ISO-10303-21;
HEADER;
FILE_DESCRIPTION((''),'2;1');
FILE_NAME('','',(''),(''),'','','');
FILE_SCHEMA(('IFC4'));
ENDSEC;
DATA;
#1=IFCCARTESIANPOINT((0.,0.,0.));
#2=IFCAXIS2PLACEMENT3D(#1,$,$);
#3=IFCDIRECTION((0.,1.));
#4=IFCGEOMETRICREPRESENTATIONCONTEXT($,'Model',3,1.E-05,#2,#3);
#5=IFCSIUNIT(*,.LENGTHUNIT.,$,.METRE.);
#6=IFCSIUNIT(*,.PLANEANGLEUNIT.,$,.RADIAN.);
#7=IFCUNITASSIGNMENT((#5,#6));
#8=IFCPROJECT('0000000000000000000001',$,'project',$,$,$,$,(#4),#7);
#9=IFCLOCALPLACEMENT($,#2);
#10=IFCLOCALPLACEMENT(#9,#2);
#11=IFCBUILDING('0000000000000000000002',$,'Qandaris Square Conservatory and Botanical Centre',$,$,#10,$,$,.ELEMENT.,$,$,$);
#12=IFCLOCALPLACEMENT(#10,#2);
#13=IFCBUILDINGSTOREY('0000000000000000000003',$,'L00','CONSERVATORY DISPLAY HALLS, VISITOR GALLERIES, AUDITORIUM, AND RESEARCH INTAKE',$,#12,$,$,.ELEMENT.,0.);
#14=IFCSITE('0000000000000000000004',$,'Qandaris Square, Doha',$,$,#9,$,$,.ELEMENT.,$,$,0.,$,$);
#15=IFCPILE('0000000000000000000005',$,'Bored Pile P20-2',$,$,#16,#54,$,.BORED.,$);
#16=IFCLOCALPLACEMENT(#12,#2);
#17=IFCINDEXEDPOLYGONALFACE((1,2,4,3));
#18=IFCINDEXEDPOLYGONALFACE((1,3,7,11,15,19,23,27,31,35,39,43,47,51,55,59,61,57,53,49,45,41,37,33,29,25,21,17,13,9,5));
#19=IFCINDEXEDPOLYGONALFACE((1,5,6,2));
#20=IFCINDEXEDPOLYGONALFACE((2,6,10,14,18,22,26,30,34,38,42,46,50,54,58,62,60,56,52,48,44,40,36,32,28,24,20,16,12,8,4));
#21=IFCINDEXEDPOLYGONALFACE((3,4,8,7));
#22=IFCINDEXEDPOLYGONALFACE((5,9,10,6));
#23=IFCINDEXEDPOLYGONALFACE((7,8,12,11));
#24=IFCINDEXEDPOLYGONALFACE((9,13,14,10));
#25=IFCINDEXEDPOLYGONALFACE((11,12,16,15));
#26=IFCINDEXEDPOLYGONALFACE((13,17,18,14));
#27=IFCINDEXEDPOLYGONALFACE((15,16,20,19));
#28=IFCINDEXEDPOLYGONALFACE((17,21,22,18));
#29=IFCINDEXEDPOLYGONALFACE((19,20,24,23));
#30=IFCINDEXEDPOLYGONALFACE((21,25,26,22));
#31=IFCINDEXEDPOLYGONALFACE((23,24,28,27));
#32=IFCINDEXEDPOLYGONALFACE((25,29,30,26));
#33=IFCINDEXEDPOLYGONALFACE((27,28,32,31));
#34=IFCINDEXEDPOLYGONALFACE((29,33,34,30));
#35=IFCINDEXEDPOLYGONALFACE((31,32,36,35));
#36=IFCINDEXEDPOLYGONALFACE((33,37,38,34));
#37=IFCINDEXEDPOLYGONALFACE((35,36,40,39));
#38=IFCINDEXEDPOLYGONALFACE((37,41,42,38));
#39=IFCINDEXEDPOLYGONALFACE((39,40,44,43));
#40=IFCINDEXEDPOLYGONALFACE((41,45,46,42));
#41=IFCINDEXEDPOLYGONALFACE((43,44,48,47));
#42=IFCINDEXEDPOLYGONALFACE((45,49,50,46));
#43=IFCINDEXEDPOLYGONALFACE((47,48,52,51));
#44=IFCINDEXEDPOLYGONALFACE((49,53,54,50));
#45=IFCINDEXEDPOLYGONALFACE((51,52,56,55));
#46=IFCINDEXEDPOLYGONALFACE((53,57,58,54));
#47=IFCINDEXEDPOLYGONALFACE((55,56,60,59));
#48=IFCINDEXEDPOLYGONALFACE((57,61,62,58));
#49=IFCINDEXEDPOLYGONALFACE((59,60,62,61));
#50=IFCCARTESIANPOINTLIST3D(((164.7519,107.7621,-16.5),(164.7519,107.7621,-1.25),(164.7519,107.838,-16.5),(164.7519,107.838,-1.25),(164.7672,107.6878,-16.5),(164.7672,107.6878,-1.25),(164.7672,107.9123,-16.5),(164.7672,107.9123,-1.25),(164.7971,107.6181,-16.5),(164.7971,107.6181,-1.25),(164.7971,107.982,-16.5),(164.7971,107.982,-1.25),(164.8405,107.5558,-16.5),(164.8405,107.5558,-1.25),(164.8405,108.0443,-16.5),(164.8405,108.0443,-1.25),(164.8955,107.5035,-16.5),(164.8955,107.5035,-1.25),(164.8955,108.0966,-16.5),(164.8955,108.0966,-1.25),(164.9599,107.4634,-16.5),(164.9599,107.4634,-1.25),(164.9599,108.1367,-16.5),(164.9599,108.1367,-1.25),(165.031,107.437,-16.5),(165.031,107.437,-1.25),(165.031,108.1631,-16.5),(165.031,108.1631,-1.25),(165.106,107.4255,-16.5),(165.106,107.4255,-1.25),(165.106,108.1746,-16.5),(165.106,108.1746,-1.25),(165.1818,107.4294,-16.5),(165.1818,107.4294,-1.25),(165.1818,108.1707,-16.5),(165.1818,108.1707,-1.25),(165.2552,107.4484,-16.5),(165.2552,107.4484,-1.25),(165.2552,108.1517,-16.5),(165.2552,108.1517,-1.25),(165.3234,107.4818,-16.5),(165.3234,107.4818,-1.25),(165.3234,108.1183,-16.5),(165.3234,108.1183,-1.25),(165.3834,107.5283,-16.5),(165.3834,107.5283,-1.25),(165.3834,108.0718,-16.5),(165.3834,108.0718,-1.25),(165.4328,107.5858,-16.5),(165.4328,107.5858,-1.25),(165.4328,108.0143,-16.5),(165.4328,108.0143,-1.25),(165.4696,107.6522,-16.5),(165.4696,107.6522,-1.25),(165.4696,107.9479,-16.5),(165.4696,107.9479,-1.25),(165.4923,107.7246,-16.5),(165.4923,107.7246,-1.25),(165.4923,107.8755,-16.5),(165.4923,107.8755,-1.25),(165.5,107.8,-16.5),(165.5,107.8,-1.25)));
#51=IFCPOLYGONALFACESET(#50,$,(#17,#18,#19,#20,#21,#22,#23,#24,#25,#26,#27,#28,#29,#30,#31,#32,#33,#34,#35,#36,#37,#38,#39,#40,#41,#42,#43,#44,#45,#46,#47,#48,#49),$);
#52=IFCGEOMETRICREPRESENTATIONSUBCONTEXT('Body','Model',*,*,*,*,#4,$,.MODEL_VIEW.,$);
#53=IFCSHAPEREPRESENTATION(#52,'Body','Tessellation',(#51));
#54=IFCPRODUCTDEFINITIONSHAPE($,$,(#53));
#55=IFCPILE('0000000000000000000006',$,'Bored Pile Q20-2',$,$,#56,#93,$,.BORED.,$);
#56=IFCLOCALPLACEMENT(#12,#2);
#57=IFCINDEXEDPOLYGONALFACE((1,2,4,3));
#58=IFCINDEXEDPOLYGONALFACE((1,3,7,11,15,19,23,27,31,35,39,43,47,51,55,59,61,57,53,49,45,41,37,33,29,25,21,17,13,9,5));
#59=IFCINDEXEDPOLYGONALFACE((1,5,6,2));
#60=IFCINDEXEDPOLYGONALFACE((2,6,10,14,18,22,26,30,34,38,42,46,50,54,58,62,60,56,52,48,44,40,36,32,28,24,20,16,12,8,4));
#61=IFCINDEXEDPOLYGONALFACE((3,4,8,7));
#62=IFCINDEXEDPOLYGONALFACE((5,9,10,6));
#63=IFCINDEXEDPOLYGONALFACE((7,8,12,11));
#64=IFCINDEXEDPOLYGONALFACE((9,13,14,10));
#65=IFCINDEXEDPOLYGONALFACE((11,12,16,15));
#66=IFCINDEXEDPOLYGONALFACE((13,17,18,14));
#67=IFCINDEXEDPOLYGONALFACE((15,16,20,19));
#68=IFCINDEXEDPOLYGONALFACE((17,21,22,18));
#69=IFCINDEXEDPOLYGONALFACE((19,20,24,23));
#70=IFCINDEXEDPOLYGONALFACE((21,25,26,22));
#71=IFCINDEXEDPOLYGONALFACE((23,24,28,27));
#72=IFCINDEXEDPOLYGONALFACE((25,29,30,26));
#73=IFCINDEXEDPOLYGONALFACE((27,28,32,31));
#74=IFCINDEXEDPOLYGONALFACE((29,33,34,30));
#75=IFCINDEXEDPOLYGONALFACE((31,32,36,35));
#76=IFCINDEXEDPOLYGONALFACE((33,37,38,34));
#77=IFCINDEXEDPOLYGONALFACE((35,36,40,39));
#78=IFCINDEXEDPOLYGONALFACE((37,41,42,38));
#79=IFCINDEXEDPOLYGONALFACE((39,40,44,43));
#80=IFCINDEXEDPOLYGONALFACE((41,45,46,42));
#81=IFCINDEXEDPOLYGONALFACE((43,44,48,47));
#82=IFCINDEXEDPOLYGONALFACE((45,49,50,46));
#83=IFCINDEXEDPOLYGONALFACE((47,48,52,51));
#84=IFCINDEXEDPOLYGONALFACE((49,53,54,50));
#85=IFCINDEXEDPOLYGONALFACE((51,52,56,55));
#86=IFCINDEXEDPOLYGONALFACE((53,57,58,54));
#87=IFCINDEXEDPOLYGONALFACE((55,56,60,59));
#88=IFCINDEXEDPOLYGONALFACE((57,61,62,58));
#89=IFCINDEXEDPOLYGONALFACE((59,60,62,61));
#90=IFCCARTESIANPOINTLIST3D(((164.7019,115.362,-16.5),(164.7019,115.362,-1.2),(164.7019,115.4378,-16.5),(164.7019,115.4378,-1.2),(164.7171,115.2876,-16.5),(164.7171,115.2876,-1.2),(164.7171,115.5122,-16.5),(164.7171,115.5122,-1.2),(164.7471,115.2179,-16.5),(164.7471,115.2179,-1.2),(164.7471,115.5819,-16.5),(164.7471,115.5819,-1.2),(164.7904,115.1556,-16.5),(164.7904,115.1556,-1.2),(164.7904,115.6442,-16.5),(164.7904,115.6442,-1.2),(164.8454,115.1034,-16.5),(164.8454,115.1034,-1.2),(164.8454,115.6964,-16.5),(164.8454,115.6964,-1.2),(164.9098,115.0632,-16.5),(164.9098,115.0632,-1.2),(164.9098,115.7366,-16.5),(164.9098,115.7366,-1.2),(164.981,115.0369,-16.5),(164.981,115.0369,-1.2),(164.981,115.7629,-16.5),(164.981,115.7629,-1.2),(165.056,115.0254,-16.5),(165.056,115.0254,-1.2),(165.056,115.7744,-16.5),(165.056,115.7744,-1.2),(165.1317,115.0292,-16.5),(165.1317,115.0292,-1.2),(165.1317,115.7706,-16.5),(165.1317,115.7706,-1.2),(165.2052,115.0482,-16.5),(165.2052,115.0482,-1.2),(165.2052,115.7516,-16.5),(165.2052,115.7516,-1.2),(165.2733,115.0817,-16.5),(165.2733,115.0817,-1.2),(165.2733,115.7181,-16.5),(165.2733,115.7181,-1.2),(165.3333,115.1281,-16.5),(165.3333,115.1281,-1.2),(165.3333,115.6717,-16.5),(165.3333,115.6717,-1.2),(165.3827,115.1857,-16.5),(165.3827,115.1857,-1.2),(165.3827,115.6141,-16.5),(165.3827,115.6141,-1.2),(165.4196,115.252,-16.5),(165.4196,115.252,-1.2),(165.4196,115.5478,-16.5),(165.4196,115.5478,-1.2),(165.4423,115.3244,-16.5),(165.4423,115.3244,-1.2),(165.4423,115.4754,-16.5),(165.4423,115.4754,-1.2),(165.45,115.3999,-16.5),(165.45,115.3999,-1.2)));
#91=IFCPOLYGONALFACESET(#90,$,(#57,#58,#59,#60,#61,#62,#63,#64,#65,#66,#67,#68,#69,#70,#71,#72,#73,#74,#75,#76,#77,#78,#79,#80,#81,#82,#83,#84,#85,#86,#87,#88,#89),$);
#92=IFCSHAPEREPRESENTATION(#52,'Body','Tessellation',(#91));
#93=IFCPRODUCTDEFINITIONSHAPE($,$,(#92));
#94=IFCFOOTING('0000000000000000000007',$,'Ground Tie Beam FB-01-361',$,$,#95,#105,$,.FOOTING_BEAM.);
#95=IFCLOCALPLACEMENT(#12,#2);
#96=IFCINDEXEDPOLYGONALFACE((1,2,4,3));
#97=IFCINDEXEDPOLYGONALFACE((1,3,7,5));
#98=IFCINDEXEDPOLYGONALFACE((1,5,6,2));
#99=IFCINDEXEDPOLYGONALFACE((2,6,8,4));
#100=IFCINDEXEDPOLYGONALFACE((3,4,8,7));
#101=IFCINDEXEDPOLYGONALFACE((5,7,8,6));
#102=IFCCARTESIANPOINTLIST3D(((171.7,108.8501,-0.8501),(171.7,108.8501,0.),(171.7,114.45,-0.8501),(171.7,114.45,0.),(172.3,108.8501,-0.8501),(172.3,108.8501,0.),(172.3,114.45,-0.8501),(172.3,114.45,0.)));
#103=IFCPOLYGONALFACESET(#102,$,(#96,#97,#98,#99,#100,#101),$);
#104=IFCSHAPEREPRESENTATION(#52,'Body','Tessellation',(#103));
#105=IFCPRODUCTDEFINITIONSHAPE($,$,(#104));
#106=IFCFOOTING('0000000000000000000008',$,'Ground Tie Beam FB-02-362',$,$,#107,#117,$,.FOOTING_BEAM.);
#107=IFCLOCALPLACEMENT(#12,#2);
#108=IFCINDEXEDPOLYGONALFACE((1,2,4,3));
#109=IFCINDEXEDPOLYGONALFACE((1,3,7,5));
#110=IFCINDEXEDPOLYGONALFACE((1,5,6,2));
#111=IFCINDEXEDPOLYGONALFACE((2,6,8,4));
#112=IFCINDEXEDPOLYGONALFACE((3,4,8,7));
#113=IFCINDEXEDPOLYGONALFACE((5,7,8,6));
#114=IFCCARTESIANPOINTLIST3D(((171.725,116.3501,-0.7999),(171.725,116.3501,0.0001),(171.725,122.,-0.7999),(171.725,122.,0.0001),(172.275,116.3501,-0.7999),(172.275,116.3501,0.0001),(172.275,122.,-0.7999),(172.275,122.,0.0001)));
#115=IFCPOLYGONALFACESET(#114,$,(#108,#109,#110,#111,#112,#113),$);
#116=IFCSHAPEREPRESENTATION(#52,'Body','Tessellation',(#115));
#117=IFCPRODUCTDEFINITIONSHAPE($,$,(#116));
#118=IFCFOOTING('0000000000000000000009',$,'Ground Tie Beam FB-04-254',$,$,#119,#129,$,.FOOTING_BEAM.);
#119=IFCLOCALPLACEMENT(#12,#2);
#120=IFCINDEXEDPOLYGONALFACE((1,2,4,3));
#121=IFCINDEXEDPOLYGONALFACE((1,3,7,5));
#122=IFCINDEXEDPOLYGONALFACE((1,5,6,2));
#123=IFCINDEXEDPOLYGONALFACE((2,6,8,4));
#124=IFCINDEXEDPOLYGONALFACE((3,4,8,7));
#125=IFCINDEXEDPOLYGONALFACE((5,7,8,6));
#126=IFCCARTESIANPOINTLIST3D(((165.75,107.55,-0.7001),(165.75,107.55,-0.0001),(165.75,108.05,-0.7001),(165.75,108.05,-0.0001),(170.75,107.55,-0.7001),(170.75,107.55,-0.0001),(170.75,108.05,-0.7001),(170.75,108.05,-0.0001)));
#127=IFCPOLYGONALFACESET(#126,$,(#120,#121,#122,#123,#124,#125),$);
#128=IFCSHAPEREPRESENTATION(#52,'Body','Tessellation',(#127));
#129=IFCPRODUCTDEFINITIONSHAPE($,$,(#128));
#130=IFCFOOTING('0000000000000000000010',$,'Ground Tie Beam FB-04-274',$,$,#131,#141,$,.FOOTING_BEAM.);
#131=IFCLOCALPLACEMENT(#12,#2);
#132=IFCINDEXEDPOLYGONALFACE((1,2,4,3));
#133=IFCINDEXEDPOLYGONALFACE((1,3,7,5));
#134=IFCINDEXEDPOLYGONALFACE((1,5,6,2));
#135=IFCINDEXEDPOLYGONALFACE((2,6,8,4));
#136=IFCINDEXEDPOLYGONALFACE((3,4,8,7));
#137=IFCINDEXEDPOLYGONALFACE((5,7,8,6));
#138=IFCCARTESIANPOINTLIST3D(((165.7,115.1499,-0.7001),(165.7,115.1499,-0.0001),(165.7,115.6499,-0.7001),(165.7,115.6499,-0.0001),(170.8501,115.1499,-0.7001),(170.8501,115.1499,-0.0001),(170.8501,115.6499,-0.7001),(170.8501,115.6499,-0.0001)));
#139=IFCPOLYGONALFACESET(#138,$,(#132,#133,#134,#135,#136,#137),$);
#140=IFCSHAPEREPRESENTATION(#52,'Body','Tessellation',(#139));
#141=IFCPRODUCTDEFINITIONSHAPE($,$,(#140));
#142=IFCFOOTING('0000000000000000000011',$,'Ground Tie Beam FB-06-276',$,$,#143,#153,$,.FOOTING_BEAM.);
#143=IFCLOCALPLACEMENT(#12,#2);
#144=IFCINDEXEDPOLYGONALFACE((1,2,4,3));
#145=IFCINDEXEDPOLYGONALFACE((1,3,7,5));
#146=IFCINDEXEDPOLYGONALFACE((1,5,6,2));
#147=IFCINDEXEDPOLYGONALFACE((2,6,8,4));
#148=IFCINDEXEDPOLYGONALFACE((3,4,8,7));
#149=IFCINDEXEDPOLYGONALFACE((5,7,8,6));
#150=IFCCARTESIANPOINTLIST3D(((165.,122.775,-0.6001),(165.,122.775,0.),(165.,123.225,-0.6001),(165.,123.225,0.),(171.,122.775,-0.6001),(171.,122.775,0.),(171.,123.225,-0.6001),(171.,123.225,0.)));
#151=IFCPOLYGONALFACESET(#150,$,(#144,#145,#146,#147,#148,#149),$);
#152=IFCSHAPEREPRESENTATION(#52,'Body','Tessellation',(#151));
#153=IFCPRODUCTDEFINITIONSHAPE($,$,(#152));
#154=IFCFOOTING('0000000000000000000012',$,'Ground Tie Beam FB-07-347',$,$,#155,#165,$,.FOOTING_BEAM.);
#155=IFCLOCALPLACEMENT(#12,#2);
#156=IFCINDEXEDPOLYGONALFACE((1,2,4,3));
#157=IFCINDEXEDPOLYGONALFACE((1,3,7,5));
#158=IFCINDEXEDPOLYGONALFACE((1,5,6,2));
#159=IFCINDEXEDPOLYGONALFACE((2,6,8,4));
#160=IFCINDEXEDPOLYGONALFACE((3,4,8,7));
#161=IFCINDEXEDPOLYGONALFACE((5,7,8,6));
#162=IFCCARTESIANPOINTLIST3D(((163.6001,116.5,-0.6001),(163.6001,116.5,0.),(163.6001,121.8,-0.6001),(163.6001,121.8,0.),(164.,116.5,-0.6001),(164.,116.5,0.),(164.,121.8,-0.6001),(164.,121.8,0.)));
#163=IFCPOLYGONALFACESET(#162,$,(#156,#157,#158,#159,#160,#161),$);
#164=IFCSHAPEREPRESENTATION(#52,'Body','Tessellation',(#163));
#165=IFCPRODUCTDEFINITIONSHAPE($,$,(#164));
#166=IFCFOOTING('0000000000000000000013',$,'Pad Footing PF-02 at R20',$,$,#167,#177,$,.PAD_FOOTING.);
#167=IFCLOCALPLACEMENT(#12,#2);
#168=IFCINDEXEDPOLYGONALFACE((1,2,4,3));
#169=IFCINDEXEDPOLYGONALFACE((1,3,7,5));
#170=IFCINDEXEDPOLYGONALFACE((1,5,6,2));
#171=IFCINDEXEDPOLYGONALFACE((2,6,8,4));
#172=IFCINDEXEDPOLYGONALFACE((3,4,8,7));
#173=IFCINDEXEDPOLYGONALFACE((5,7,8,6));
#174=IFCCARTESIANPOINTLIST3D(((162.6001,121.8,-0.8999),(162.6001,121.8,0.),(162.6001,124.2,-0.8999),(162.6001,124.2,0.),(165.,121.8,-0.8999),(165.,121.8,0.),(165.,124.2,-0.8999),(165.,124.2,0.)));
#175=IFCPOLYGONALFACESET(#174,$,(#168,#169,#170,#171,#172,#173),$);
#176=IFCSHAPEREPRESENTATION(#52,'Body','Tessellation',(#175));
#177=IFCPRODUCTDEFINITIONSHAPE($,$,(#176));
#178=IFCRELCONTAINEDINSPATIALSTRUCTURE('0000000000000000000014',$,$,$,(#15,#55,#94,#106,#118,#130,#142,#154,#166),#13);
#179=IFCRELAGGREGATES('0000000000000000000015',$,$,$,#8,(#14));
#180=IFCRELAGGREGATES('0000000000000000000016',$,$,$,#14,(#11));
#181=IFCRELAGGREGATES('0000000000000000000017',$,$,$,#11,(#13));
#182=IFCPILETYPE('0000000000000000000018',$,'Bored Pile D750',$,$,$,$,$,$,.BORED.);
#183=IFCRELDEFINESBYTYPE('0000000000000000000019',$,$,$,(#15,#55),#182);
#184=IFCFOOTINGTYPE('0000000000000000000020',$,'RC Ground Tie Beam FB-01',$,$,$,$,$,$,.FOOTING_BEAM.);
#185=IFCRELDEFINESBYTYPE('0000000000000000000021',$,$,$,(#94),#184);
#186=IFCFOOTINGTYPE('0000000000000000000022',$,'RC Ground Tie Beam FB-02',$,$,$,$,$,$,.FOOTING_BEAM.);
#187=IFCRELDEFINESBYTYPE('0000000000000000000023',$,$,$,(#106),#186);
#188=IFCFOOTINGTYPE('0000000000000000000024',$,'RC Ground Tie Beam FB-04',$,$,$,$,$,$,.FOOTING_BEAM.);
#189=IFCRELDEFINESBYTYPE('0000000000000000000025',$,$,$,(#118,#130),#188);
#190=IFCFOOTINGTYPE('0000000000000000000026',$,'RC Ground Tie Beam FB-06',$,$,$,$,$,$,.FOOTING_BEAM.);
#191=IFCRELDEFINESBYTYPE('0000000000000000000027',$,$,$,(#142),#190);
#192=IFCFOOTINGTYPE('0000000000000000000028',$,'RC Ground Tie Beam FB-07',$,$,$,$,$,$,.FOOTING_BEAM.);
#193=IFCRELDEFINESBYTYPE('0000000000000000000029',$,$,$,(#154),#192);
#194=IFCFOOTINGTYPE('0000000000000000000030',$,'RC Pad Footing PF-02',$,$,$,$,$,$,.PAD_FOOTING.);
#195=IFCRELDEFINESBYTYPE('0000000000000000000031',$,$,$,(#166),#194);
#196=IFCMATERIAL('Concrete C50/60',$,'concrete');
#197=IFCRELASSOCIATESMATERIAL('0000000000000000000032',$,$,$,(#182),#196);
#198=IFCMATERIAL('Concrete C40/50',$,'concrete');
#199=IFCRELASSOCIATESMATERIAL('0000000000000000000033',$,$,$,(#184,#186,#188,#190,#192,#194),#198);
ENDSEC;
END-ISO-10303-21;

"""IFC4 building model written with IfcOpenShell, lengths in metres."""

from ifc_helpers import new_model, si_unit, direction, frame, origin, origin_2d, place, context, subcontext, project, spatial, rectangle, circle, extrude, material, material_profile, profile_set, type_object, element, save


model = new_model("IFC4")

# Units and contexts
model_context = context("Model", 3, precision=1e-05, world=origin(), true_north=direction((0.0, 1.0)))
body_context = subcontext(model_context, "Body", "Model", "MODEL_VIEW")
ifc_project = project(units=[si_unit("LENGTHUNIT", "METRE"), si_unit("PLANEANGLEUNIT", "RADIAN")], contexts=[model_context])

# Site, building, storey
site_placement = place(None, origin())
site = spatial("IfcSite", under=ifc_project, at=site_placement, Name="Qandaris Square, Doha", CompositionType="ELEMENT", RefElevation=0.0)
building_placement = place(site_placement, origin())
building = spatial("IfcBuilding", under=site, at=building_placement, Name="Qandaris Square Conservatory and Botanical Centre", CompositionType="ELEMENT")
storey_placement = place(building_placement, origin())
storey = spatial("IfcBuildingStorey", under=building, at=storey_placement, Name="L00", Description="CONSERVATORY DISPLAY HALLS, VISITOR GALLERIES, AUDITORIUM, AND RESEARCH INTAKE", CompositionType="ELEMENT", Elevation=0.0)

# Piles
ifc_material_1 = material(Name="Concrete C50/60", Category="concrete")
ifc_material_profile_1 = material_profile(ifc_material_1, circle(Radius=0.375, at=origin_2d()), Name="PILE D750")
ifc_profile_set_1 = profile_set([ifc_material_profile_1], Name="Concrete C50/60")
pile_type = type_object("IfcPileType", Name="Bored Pile D750", PredefinedType="BORED", material=ifc_profile_set_1)
pile_1_placement = place(storey_placement, frame((165.125, 107.8, -1.25), z_axis=(0.0, 0.0, -1.0), x_axis=(1.0, 0.0, 0.0)))
element("IfcPile", 1, at=pile_1_placement, inside=storey, type_object=pile_type, Name="Bored Pile P20-2", PredefinedType="BORED", context=body_context, shape_type="SweptSolid", body=[
    extrude(circle(Radius=0.375, at=origin_2d()), origin(), (0.0, 0.0, 1.0), 15.25),
])
pile_2_placement = place(storey_placement, frame((165.075, 115.3999, -1.2), z_axis=(0.0, 0.0, -1.0), x_axis=(1.0, 0.0, 0.0)))
element("IfcPile", 2, at=pile_2_placement, inside=storey, type_object=pile_type, Name="Bored Pile Q20-2", PredefinedType="BORED", context=body_context, shape_type="SweptSolid", body=[
    extrude(circle(Radius=0.375, at=origin_2d()), origin(), (0.0, 0.0, 1.0), 15.3),
])

# Footings
ifc_material_2 = material(Name="Concrete C40/50", Category="concrete")
ifc_material_profile_2 = material_profile(ifc_material_2, rectangle(XDim=0.6001, YDim=0.8501, at=origin_2d()), Name="FB 600x850")
ifc_profile_set_2 = profile_set([ifc_material_profile_2], Name="Concrete C40/50")
footing_type_1 = type_object("IfcFootingType", Name="RC Ground Tie Beam FB-01", PredefinedType="FOOTING_BEAM", material=ifc_profile_set_2)
footing_1_placement = place(storey_placement, frame((172.0, 108.8501, -0.425), z_axis=(0.0, 1.0, 0.0), x_axis=(-1.0, 0.0, 0.0)))
element("IfcFooting", 3, at=footing_1_placement, inside=storey, type_object=footing_type_1, Name="Ground Tie Beam FB-01-361", PredefinedType="FOOTING_BEAM", context=body_context, shape_type="SweptSolid", body=[
    extrude(rectangle(XDim=0.6001, YDim=0.8501, at=origin_2d()), origin(), (0.0, 0.0, 1.0), 5.5999),
])
ifc_material_profile_3 = material_profile(ifc_material_2, rectangle(XDim=0.55, YDim=0.8, at=origin_2d()), Name="FB 550x800")
ifc_profile_set_3 = profile_set([ifc_material_profile_3], Name="Concrete C40/50")
footing_type_2 = type_object("IfcFootingType", Name="RC Ground Tie Beam FB-02", PredefinedType="FOOTING_BEAM", material=ifc_profile_set_3)
footing_2_placement = place(storey_placement, frame((172.0, 116.3501, -0.3999), z_axis=(0.0, 1.0, 0.0), x_axis=(-1.0, 0.0, 0.0)))
element("IfcFooting", 4, at=footing_2_placement, inside=storey, type_object=footing_type_2, Name="Ground Tie Beam FB-02-362", PredefinedType="FOOTING_BEAM", context=body_context, shape_type="SweptSolid", body=[
    extrude(rectangle(XDim=0.55, YDim=0.8, at=origin_2d()), origin(), (0.0, 0.0, 1.0), 5.6499),
])
ifc_material_profile_4 = material_profile(ifc_material_2, rectangle(XDim=0.5, YDim=0.7, at=origin_2d()), Name="FB 500x700")
ifc_profile_set_4 = profile_set([ifc_material_profile_4], Name="Concrete C40/50")
footing_type_3 = type_object("IfcFootingType", Name="RC Ground Tie Beam FB-04", PredefinedType="FOOTING_BEAM", material=ifc_profile_set_4)
footing_3_placement = place(storey_placement, frame((165.75, 107.8, -0.3501), z_axis=(1.0, 0.0, 0.0), x_axis=(0.0, 1.0, 0.0)))
element("IfcFooting", 5, at=footing_3_placement, inside=storey, type_object=footing_type_3, Name="Ground Tie Beam FB-04-254", PredefinedType="FOOTING_BEAM", context=body_context, shape_type="SweptSolid", body=[
    extrude(rectangle(XDim=0.5, YDim=0.7, at=origin_2d()), origin(), (0.0, 0.0, 1.0), 5.0),
])
footing_4_placement = place(storey_placement, frame((165.7, 115.3999, -0.3501), z_axis=(1.0, 0.0, 0.0), x_axis=(0.0, 1.0, 0.0)))
element("IfcFooting", 6, at=footing_4_placement, inside=storey, type_object=footing_type_3, Name="Ground Tie Beam FB-04-274", PredefinedType="FOOTING_BEAM", context=body_context, shape_type="SweptSolid", body=[
    extrude(rectangle(XDim=0.5, YDim=0.7, at=origin_2d()), origin(), (0.0, 0.0, 1.0), 5.1501),
])
ifc_material_profile_5 = material_profile(ifc_material_2, rectangle(XDim=0.45, YDim=0.6001, at=origin_2d()), Name="FB 450x600")
ifc_profile_set_5 = profile_set([ifc_material_profile_5], Name="Concrete C40/50")
footing_type_4 = type_object("IfcFootingType", Name="RC Ground Tie Beam FB-06", PredefinedType="FOOTING_BEAM", material=ifc_profile_set_5)
footing_5_placement = place(storey_placement, frame((165.0, 123.0, -0.3), z_axis=(1.0, 0.0, 0.0), x_axis=(0.0, 1.0, 0.0)))
element("IfcFooting", 7, at=footing_5_placement, inside=storey, type_object=footing_type_4, Name="Ground Tie Beam FB-06-276", PredefinedType="FOOTING_BEAM", context=body_context, shape_type="SweptSolid", body=[
    extrude(rectangle(XDim=0.45, YDim=0.6001, at=origin_2d()), origin(), (0.0, 0.0, 1.0), 6.0),
])
ifc_material_profile_6 = material_profile(ifc_material_2, rectangle(XDim=0.3999, YDim=0.6001, at=origin_2d()), Name="FB 400x600")
ifc_profile_set_6 = profile_set([ifc_material_profile_6], Name="Concrete C40/50")
footing_type_5 = type_object("IfcFootingType", Name="RC Ground Tie Beam FB-07", PredefinedType="FOOTING_BEAM", material=ifc_profile_set_6)
footing_6_placement = place(storey_placement, frame((163.8, 116.5, -0.3), z_axis=(0.0, 1.0, 0.0), x_axis=(-1.0, 0.0, 0.0)))
element("IfcFooting", 8, at=footing_6_placement, inside=storey, type_object=footing_type_5, Name="Ground Tie Beam FB-07-347", PredefinedType="FOOTING_BEAM", context=body_context, shape_type="SweptSolid", body=[
    extrude(rectangle(XDim=0.3999, YDim=0.6001, at=origin_2d()), origin(), (0.0, 0.0, 1.0), 5.3),
])
footing_type_6 = type_object("IfcFootingType", Name="RC Pad Footing PF-02", PredefinedType="PAD_FOOTING", material=ifc_material_2)
footing_7_placement = place(storey_placement, frame((163.8, 123.0, -0.8999), z_axis=(0.0, 0.0, 1.0), x_axis=(1.0, 0.0, 0.0)))
element("IfcFooting", 9, at=footing_7_placement, inside=storey, type_object=footing_type_6, Name="Pad Footing PF-02 at R20", PredefinedType="PAD_FOOTING", context=body_context, shape_type="SweptSolid", body=[
    extrude(rectangle(XDim=2.3999, YDim=2.3999, at=origin_2d()), origin(), (0.0, 0.0, 1.0), 0.8999),
])

save(model, "model.ifc")
